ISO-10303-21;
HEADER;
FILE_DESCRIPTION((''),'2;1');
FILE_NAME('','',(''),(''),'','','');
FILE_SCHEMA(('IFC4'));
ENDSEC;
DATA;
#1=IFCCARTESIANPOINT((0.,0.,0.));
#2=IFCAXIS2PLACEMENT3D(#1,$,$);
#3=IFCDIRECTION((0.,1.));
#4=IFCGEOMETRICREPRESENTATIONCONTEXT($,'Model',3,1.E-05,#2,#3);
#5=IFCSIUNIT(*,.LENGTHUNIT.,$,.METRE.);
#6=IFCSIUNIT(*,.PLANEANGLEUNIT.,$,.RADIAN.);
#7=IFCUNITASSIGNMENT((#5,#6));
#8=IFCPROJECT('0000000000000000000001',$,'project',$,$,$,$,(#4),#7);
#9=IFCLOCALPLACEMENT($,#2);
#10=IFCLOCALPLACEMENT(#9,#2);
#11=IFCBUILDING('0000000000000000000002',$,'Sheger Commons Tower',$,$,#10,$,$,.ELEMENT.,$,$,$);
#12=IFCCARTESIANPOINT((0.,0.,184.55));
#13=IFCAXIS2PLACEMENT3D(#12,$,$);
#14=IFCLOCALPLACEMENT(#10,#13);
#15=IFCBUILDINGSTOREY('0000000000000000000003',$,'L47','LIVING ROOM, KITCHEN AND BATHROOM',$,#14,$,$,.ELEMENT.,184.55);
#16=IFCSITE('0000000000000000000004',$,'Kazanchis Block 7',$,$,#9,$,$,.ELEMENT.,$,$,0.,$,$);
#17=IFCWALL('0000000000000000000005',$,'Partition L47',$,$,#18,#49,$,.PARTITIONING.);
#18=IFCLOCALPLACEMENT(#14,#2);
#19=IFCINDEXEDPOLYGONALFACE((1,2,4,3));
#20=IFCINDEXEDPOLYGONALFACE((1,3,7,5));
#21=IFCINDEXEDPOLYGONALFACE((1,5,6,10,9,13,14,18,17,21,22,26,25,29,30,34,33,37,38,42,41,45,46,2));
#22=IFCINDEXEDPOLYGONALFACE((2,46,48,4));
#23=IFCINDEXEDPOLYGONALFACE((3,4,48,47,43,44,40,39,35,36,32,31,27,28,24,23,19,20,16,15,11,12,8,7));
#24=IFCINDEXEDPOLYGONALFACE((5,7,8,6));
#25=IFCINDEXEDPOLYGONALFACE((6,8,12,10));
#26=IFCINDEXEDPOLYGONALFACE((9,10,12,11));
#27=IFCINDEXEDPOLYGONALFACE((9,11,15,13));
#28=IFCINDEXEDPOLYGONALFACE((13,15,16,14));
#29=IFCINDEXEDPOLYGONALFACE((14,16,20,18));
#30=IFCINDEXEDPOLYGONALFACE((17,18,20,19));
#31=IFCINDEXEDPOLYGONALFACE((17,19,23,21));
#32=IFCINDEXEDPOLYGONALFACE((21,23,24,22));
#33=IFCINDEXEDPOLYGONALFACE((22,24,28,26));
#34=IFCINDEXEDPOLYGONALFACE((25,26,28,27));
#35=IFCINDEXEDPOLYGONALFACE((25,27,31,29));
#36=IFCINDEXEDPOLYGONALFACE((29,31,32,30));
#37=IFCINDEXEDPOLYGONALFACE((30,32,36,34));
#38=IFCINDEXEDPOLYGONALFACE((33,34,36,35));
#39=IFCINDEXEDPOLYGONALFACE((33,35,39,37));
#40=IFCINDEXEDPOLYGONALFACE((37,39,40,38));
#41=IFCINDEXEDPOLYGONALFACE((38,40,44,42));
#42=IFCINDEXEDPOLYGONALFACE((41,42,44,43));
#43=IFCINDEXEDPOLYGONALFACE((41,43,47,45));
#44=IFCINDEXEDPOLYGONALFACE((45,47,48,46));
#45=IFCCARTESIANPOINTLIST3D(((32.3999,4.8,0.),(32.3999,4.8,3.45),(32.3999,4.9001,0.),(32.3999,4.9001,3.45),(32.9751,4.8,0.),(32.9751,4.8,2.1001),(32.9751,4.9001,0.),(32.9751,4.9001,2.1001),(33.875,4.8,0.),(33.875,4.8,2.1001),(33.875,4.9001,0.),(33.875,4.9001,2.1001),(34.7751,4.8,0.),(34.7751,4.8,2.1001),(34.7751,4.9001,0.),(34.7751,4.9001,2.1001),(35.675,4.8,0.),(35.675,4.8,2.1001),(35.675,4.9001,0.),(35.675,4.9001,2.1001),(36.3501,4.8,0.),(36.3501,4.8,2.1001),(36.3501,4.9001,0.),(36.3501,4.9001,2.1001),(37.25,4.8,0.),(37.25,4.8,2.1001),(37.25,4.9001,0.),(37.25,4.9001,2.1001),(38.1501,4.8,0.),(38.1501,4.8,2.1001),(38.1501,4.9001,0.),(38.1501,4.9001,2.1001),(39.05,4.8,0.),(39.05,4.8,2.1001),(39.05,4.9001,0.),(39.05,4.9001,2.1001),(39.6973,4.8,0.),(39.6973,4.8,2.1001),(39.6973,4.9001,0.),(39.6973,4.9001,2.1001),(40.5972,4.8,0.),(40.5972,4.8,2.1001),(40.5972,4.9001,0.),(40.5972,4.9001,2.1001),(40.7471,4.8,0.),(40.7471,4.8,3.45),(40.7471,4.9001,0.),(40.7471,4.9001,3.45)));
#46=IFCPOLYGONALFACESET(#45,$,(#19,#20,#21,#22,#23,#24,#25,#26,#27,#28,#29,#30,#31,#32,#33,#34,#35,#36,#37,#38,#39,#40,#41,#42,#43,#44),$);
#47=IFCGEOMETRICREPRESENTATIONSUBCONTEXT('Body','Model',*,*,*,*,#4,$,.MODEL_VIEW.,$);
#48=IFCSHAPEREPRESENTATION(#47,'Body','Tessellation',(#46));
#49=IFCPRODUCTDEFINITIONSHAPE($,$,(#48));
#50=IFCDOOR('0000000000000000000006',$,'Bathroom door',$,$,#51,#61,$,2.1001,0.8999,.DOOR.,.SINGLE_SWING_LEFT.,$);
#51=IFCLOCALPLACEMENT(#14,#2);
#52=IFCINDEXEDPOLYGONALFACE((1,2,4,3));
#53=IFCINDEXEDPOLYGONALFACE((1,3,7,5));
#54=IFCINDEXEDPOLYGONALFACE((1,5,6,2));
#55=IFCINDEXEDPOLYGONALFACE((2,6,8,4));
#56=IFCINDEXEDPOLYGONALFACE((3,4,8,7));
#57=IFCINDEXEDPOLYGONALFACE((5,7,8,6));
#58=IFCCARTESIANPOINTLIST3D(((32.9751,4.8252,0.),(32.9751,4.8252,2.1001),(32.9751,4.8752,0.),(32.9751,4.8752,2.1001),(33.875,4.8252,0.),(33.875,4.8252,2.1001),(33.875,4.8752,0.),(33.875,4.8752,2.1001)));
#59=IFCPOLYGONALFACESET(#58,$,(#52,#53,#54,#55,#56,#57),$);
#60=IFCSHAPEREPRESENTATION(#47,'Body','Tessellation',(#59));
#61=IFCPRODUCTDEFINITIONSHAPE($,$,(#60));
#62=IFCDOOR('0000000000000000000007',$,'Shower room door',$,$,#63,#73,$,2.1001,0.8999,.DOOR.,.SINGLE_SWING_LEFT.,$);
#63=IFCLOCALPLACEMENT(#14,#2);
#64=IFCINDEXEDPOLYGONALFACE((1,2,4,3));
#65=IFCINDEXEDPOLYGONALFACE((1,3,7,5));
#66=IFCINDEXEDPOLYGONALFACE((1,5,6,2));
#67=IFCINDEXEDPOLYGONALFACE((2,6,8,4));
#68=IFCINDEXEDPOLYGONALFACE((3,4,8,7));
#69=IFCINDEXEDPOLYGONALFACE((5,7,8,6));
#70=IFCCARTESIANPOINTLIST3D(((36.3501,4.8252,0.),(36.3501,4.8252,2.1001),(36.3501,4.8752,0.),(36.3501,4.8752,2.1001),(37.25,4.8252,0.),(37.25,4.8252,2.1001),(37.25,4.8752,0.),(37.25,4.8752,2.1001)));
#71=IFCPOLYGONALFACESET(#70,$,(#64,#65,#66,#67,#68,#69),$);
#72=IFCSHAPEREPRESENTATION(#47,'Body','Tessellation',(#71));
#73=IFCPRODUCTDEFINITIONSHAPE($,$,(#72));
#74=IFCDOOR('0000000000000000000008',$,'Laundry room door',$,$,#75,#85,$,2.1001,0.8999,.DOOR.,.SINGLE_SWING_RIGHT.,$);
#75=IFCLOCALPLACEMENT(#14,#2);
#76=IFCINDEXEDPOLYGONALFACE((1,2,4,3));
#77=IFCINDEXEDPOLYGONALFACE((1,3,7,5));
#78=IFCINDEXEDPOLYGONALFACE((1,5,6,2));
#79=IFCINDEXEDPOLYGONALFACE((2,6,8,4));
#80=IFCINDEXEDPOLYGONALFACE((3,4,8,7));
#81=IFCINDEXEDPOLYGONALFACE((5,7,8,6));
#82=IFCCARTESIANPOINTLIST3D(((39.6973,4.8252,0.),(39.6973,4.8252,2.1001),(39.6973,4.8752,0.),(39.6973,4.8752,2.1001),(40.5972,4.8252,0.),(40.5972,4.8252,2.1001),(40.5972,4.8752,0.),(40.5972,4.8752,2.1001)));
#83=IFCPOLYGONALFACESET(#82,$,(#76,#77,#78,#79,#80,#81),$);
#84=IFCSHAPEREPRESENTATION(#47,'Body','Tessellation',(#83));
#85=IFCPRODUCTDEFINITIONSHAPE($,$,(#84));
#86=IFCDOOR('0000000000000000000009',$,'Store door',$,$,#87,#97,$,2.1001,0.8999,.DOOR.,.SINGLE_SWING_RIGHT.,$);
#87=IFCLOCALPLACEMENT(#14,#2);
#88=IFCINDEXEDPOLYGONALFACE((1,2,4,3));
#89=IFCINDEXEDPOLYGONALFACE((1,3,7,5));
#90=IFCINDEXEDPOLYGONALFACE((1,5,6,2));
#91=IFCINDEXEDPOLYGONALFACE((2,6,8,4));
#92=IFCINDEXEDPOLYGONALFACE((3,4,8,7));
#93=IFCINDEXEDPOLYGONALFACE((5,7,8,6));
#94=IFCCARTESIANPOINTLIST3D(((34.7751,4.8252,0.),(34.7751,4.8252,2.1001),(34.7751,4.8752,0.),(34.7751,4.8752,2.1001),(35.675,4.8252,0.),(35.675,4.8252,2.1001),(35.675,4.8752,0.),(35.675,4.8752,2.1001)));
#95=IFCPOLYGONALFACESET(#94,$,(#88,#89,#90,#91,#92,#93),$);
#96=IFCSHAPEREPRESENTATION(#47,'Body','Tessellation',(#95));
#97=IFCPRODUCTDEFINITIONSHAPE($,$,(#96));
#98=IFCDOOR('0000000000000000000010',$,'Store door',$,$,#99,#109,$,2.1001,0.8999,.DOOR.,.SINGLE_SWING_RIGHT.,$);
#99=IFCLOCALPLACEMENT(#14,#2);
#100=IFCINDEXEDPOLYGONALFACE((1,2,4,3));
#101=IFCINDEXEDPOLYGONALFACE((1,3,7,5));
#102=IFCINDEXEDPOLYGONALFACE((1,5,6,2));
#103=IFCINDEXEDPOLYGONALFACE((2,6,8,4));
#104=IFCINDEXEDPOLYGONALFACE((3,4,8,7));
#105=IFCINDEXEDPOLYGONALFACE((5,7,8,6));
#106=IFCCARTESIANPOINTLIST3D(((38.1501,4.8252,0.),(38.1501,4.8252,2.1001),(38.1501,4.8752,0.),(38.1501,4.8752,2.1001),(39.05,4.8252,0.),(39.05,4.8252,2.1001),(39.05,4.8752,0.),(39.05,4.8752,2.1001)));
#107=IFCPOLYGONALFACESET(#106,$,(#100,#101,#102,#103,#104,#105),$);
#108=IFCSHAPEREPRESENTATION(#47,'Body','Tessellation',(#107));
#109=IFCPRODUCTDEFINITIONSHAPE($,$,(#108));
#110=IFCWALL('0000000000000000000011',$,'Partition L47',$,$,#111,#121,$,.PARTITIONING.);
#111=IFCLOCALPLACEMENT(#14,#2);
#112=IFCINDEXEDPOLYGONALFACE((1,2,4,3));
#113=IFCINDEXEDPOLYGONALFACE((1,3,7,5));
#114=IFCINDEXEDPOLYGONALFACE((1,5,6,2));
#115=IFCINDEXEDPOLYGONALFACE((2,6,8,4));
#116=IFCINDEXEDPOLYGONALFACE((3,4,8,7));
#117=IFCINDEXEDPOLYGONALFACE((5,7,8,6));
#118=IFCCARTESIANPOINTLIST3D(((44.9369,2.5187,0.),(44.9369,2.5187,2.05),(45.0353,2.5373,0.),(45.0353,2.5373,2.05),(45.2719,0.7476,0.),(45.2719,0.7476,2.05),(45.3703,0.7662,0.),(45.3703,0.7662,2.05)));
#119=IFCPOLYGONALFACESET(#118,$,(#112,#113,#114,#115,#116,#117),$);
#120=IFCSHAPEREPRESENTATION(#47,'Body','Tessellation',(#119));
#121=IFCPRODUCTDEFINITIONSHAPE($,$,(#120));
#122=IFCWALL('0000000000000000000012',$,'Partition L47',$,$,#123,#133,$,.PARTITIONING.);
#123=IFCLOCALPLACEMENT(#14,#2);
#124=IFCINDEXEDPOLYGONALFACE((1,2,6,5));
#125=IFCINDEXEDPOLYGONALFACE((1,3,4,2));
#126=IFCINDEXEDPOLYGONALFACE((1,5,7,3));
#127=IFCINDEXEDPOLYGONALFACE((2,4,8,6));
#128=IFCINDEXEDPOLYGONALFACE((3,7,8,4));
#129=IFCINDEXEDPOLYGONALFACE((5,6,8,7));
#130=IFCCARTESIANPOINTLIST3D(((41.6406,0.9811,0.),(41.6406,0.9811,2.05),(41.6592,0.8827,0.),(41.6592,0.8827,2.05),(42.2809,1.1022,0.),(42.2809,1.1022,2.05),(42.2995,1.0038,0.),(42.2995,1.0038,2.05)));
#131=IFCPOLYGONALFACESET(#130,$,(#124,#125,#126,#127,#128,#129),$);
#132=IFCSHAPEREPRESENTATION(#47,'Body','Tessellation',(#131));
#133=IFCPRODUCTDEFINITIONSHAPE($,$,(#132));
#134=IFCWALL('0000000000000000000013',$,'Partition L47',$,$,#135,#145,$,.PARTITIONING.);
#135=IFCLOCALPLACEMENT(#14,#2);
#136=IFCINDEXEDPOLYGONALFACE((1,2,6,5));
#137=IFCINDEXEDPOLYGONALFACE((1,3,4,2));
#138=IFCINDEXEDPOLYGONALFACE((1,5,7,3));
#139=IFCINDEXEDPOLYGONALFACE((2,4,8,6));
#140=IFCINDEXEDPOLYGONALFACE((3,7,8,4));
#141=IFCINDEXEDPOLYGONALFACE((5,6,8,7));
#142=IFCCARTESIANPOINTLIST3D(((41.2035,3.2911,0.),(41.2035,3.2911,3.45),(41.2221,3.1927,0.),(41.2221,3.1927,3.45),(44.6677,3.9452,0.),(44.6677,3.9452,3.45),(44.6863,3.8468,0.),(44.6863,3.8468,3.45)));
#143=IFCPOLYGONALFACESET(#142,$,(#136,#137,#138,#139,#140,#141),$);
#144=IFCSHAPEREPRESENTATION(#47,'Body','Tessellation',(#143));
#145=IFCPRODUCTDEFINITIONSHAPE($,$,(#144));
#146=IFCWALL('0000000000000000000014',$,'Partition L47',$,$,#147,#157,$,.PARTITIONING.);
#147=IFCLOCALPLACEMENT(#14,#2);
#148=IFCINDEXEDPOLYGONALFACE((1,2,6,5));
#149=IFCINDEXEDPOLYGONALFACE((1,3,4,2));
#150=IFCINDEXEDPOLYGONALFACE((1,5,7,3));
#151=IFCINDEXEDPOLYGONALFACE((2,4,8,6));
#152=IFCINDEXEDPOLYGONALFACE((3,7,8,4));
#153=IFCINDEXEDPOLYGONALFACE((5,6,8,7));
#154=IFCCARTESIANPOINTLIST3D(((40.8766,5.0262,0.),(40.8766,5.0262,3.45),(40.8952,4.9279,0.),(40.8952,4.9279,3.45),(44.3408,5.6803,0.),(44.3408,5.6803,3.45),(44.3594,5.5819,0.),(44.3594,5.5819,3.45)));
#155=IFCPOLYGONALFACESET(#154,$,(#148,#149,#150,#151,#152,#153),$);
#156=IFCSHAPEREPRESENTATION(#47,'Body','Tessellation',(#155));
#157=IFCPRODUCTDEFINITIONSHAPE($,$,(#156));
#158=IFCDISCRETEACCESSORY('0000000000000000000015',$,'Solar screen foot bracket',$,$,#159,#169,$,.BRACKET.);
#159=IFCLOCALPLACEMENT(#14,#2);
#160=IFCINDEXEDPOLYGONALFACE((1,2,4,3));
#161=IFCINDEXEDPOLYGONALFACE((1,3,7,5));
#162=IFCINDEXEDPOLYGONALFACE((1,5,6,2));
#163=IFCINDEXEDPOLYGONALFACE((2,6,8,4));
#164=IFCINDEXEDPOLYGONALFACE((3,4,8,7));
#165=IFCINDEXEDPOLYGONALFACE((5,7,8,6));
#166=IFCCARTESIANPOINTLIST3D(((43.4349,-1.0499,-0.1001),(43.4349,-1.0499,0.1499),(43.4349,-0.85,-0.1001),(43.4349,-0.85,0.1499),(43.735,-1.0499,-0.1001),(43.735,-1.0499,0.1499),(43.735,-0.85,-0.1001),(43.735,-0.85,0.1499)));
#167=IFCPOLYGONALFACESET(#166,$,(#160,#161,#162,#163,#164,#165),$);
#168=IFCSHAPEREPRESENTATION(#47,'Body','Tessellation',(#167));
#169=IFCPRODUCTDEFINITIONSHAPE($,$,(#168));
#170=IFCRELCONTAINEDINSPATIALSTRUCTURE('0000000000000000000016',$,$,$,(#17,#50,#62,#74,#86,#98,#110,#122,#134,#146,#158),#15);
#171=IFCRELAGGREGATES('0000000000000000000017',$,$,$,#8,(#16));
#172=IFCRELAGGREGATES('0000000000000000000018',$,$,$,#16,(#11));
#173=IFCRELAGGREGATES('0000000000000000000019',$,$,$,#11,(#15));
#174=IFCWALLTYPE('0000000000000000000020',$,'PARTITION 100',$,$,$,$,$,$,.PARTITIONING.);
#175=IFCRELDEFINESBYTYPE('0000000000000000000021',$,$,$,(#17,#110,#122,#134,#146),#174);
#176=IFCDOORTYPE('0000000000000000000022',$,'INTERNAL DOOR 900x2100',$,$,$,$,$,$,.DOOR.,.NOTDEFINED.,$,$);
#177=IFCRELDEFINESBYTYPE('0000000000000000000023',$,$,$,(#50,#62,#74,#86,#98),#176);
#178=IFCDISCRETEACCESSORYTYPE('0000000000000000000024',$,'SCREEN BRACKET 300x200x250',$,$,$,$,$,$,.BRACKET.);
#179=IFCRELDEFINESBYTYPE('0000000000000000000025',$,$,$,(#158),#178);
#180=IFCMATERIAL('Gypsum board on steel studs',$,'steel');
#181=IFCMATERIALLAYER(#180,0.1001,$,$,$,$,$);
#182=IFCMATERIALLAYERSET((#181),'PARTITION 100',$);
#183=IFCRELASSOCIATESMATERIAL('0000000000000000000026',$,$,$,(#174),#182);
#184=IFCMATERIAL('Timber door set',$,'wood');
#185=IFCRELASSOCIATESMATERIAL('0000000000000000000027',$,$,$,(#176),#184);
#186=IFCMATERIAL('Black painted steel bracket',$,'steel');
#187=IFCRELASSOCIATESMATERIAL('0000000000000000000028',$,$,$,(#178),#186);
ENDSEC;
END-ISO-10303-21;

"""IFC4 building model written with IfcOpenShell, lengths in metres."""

from ifc_helpers import new_model, si_unit, direction, frame, frame_2d, origin, origin_2d, place, context, subcontext, project, spatial, rectangle, extrude, material, layer, layer_set, type_object, element, fill, save


model = new_model("IFC4")

# Units and contexts
model_context = context("Model", 3, precision=1e-05, world=origin(), true_north=direction((0.0, 1.0)))
body_context = subcontext(model_context, "Body", "Model", "MODEL_VIEW")
ifc_project = project(units=[si_unit("LENGTHUNIT", "METRE"), si_unit("PLANEANGLEUNIT", "RADIAN")], contexts=[model_context])

# Site, building, storey
site_placement = place(None, origin())
site = spatial("IfcSite", under=ifc_project, at=site_placement, Name="Kazanchis Block 7", CompositionType="ELEMENT", RefElevation=0.0)
building_placement = place(site_placement, origin())
building = spatial("IfcBuilding", under=site, at=building_placement, Name="Sheger Commons Tower", CompositionType="ELEMENT")
storey_placement = place(building_placement, frame((0.0, 0.0, 184.55)))
storey = spatial("IfcBuildingStorey", under=building, at=storey_placement, Name="L47", Description="LIVING ROOM, KITCHEN AND BATHROOM", CompositionType="ELEMENT", Elevation=184.55)

# Wall, openings, doors
ifc_material_1 = material(Name="Gypsum board on steel studs", Category="steel")
ifc_layer_1 = layer(ifc_material_1, 0.1001)
ifc_layer_set_1 = layer_set([ifc_layer_1], Name="PARTITION 100")
wall_type_1 = type_object("IfcWallType", Name="PARTITION 100", PredefinedType="PARTITIONING", material=ifc_layer_set_1)
ifc_material_2 = material(Name="Timber door set", Category="wood")
door_type = type_object("IfcDoorType", Name="INTERNAL DOOR 900x2100", OperationType="NOTDEFINED", PredefinedType="DOOR", material=ifc_material_2)
wall_1_placement = place(storey_placement, frame((40.7471, 4.8501, 0.0), z_axis=(0.0, 0.0, 1.0), x_axis=(-1.0, 0.0, 0.0)))
wall_1 = element("IfcWall", 1, at=wall_1_placement, inside=storey, type_object=wall_type_1, Name="Partition L47", PredefinedType="PARTITIONING", context=body_context, shape_type="SweptSolid", body=[
    extrude(rectangle(XDim=8.3472, YDim=0.1001, at=frame_2d((4.1736, 0.0))), origin(), (0.0, 0.0, 1.0), 3.45),
])
opening_1_placement = place(wall_1_placement, frame((6.8721, 0.0, 0.0)))
opening_1 = element("IfcOpeningElement", 2, at=opening_1_placement, cuts=wall_1, PredefinedType="OPENING", context=body_context, shape_type="SweptSolid", body=[
    extrude(rectangle(XDim=0.8999, YDim=2.1001, at=frame_2d((0.45, 1.05))), frame((0.0, 0.0601, 0.0), z_axis=(0.0, -1.0, 0.0), x_axis=(1.0, 0.0, 0.0)), (0.0, 0.0, 1.0), 0.1201),
])
opening_2_placement = place(wall_1_placement, frame((3.4971, 0.0, 0.0)))
opening_2 = element("IfcOpeningElement", 3, at=opening_2_placement, cuts=wall_1, PredefinedType="OPENING", context=body_context, shape_type="SweptSolid", body=[
    extrude(rectangle(XDim=0.8999, YDim=2.1001, at=frame_2d((0.45, 1.05))), frame((0.0, 0.0601, 0.0), z_axis=(0.0, -1.0, 0.0), x_axis=(1.0, 0.0, 0.0)), (0.0, 0.0, 1.0), 0.1201),
])
opening_3_placement = place(wall_1_placement, frame((0.1499, 0.0, 0.0)))
opening_3 = element("IfcOpeningElement", 4, at=opening_3_placement, cuts=wall_1, PredefinedType="OPENING", context=body_context, shape_type="SweptSolid", body=[
    extrude(rectangle(XDim=0.8999, YDim=2.1001, at=frame_2d((0.45, 1.05))), frame((0.0, 0.0601, 0.0), z_axis=(0.0, -1.0, 0.0), x_axis=(1.0, 0.0, 0.0)), (0.0, 0.0, 1.0), 0.1201),
])
opening_4_placement = place(wall_1_placement, frame((5.072, 0.0, 0.0)))
opening_4 = element("IfcOpeningElement", 5, at=opening_4_placement, cuts=wall_1, PredefinedType="OPENING", context=body_context, shape_type="SweptSolid", body=[
    extrude(rectangle(XDim=0.8999, YDim=2.1001, at=frame_2d((0.45, 1.05))), frame((0.0, 0.0601, 0.0), z_axis=(0.0, -1.0, 0.0), x_axis=(1.0, 0.0, 0.0)), (0.0, 0.0, 1.0), 0.1201),
])
opening_5_placement = place(wall_1_placement, frame((1.697, 0.0, 0.0)))
opening_5 = element("IfcOpeningElement", 6, at=opening_5_placement, cuts=wall_1, PredefinedType="OPENING", context=body_context, shape_type="SweptSolid", body=[
    extrude(rectangle(XDim=0.8999, YDim=2.1001, at=frame_2d((0.45, 1.05))), frame((0.0, 0.0601, 0.0), z_axis=(0.0, -1.0, 0.0), x_axis=(1.0, 0.0, 0.0)), (0.0, 0.0, 1.0), 0.1201),
])
door_1_placement = place(opening_1_placement, origin())
door_1 = element("IfcDoor", 7, at=door_1_placement, inside=storey, type_object=door_type, Name="Bathroom door", OperationType="SINGLE_SWING_LEFT", OverallHeight=2.1001, OverallWidth=0.8999, PredefinedType="DOOR", context=body_context, shape_type="SweptSolid", body=[
    extrude(rectangle(XDim=0.8999, YDim=2.1001, at=frame_2d((0.45, 1.05))), frame((0.0, 0.0249, 0.0), z_axis=(0.0, -1.0, 0.0), x_axis=(1.0, 0.0, 0.0)), (0.0, 0.0, 1.0), 0.05),
])
fill(opening_1, door_1)
door_2_placement = place(opening_2_placement, origin())
door_2 = element("IfcDoor", 8, at=door_2_placement, inside=storey, type_object=door_type, Name="Shower room door", OperationType="SINGLE_SWING_LEFT", OverallHeight=2.1001, OverallWidth=0.8999, PredefinedType="DOOR", context=body_context, shape_type="SweptSolid", body=[
    extrude(rectangle(XDim=0.8999, YDim=2.1001, at=frame_2d((0.45, 1.05))), frame((0.0, 0.0249, 0.0), z_axis=(0.0, -1.0, 0.0), x_axis=(1.0, 0.0, 0.0)), (0.0, 0.0, 1.0), 0.05),
])
fill(opening_2, door_2)
door_3_placement = place(opening_3_placement, origin())
door_3 = element("IfcDoor", 9, at=door_3_placement, inside=storey, type_object=door_type, Name="Laundry room door", OperationType="SINGLE_SWING_RIGHT", OverallHeight=2.1001, OverallWidth=0.8999, PredefinedType="DOOR", context=body_context, shape_type="SweptSolid", body=[
    extrude(rectangle(XDim=0.8999, YDim=2.1001, at=frame_2d((0.45, 1.05))), frame((0.0, 0.0249, 0.0), z_axis=(0.0, -1.0, 0.0), x_axis=(1.0, 0.0, 0.0)), (0.0, 0.0, 1.0), 0.05),
])
fill(opening_3, door_3)
door_4_placement = place(opening_4_placement, origin())
door_4 = element("IfcDoor", 10, at=door_4_placement, inside=storey, type_object=door_type, Name="Store door", OperationType="SINGLE_SWING_RIGHT", OverallHeight=2.1001, OverallWidth=0.8999, PredefinedType="DOOR", context=body_context, shape_type="SweptSolid", body=[
    extrude(rectangle(XDim=0.8999, YDim=2.1001, at=frame_2d((0.45, 1.05))), frame((0.0, 0.0249, 0.0), z_axis=(0.0, -1.0, 0.0), x_axis=(1.0, 0.0, 0.0)), (0.0, 0.0, 1.0), 0.05),
])
fill(opening_4, door_4)
door_5_placement = place(opening_5_placement, origin())
door_5 = element("IfcDoor", 11, at=door_5_placement, inside=storey, type_object=door_type, Name="Store door", OperationType="SINGLE_SWING_RIGHT", OverallHeight=2.1001, OverallWidth=0.8999, PredefinedType="DOOR", context=body_context, shape_type="SweptSolid", body=[
    extrude(rectangle(XDim=0.8999, YDim=2.1001, at=frame_2d((0.45, 1.05))), frame((0.0, 0.0249, 0.0), z_axis=(0.0, -1.0, 0.0), x_axis=(1.0, 0.0, 0.0)), (0.0, 0.0, 1.0), 0.05),
])
fill(opening_5, door_5)

# Walls
wall_2_placement = place(storey_placement, frame((44.9861, 2.5281, 0.0), z_axis=(0.0, 0.0, 1.0), x_axis=(0.185842, -0.98258, 0.0)))
element("IfcWall", 12, at=wall_2_placement, inside=storey, type_object=wall_type_1, Name="Partition L47", PredefinedType="PARTITIONING", context=body_context, shape_type="SweptSolid", body=[
    extrude(rectangle(XDim=1.8025, YDim=0.1001, at=frame_2d((0.9014, 0.0))), origin(), (0.0, 0.0, 1.0), 2.05),
])
wall_3_placement = place(storey_placement, frame((42.29, 1.053, 0.0), z_axis=(0.0, 0.0, 1.0), x_axis=(-0.982574, -0.185872, 0.0)))
element("IfcWall", 13, at=wall_3_placement, inside=storey, type_object=wall_type_1, Name="Partition L47", PredefinedType="PARTITIONING", context=body_context, shape_type="SweptSolid", body=[
    extrude(rectangle(XDim=0.6516, YDim=0.1001, at=frame_2d((0.3257, 0.0))), origin(), (0.0, 0.0, 1.0), 2.05),
])
for number, where, z_axis, x_axis, name in (
    (14, (44.677, 3.896, 0.0), (0.0, 0.0, 1.0), (-0.982639, -0.18553, 0.0), "Partition L47"),
    (15, (44.3501, 5.6311, 0.0), (0.0, 0.0, 1.0), (-0.982639, -0.18553, 0.0), "Partition L47"),
):
    element("IfcWall", number, at=place(storey_placement, frame(where, z_axis=z_axis, x_axis=x_axis)), inside=storey, type_object=wall_type_1, Name=name, PredefinedType="PARTITIONING", context=body_context, shape_type="SweptSolid", body=[
        extrude(rectangle(XDim=3.5254, YDim=0.1001, at=frame_2d((1.7627, 0.0))), origin(), (0.0, 0.0, 1.0), 3.45),
    ])

# Discrete accessory
ifc_material_3 = material(Name="Black painted steel bracket", Category="steel")
discrete_accessory_type = type_object("IfcDiscreteAccessoryType", Name="SCREEN BRACKET 300x200x250", PredefinedType="BRACKET", material=ifc_material_3)
for number, where, z_axis, x_axis, name in (
    (16, (43.585, -0.95, -0.1001), (0.0, 0.0, 1.0), (1.0, 0.0, 0.0), "Solar screen foot bracket"),
):
    element("IfcDiscreteAccessory", number, at=place(storey_placement, frame(where, z_axis=z_axis, x_axis=x_axis)), inside=storey, type_object=discrete_accessory_type, Name=name, PredefinedType="BRACKET", context=body_context, shape_type="SweptSolid", body=[
        extrude(rectangle(XDim=0.3, YDim=0.2, at=origin_2d()), origin(), (0.0, 0.0, 1.0), 0.25),
    ])

save(model, "model.ifc")
